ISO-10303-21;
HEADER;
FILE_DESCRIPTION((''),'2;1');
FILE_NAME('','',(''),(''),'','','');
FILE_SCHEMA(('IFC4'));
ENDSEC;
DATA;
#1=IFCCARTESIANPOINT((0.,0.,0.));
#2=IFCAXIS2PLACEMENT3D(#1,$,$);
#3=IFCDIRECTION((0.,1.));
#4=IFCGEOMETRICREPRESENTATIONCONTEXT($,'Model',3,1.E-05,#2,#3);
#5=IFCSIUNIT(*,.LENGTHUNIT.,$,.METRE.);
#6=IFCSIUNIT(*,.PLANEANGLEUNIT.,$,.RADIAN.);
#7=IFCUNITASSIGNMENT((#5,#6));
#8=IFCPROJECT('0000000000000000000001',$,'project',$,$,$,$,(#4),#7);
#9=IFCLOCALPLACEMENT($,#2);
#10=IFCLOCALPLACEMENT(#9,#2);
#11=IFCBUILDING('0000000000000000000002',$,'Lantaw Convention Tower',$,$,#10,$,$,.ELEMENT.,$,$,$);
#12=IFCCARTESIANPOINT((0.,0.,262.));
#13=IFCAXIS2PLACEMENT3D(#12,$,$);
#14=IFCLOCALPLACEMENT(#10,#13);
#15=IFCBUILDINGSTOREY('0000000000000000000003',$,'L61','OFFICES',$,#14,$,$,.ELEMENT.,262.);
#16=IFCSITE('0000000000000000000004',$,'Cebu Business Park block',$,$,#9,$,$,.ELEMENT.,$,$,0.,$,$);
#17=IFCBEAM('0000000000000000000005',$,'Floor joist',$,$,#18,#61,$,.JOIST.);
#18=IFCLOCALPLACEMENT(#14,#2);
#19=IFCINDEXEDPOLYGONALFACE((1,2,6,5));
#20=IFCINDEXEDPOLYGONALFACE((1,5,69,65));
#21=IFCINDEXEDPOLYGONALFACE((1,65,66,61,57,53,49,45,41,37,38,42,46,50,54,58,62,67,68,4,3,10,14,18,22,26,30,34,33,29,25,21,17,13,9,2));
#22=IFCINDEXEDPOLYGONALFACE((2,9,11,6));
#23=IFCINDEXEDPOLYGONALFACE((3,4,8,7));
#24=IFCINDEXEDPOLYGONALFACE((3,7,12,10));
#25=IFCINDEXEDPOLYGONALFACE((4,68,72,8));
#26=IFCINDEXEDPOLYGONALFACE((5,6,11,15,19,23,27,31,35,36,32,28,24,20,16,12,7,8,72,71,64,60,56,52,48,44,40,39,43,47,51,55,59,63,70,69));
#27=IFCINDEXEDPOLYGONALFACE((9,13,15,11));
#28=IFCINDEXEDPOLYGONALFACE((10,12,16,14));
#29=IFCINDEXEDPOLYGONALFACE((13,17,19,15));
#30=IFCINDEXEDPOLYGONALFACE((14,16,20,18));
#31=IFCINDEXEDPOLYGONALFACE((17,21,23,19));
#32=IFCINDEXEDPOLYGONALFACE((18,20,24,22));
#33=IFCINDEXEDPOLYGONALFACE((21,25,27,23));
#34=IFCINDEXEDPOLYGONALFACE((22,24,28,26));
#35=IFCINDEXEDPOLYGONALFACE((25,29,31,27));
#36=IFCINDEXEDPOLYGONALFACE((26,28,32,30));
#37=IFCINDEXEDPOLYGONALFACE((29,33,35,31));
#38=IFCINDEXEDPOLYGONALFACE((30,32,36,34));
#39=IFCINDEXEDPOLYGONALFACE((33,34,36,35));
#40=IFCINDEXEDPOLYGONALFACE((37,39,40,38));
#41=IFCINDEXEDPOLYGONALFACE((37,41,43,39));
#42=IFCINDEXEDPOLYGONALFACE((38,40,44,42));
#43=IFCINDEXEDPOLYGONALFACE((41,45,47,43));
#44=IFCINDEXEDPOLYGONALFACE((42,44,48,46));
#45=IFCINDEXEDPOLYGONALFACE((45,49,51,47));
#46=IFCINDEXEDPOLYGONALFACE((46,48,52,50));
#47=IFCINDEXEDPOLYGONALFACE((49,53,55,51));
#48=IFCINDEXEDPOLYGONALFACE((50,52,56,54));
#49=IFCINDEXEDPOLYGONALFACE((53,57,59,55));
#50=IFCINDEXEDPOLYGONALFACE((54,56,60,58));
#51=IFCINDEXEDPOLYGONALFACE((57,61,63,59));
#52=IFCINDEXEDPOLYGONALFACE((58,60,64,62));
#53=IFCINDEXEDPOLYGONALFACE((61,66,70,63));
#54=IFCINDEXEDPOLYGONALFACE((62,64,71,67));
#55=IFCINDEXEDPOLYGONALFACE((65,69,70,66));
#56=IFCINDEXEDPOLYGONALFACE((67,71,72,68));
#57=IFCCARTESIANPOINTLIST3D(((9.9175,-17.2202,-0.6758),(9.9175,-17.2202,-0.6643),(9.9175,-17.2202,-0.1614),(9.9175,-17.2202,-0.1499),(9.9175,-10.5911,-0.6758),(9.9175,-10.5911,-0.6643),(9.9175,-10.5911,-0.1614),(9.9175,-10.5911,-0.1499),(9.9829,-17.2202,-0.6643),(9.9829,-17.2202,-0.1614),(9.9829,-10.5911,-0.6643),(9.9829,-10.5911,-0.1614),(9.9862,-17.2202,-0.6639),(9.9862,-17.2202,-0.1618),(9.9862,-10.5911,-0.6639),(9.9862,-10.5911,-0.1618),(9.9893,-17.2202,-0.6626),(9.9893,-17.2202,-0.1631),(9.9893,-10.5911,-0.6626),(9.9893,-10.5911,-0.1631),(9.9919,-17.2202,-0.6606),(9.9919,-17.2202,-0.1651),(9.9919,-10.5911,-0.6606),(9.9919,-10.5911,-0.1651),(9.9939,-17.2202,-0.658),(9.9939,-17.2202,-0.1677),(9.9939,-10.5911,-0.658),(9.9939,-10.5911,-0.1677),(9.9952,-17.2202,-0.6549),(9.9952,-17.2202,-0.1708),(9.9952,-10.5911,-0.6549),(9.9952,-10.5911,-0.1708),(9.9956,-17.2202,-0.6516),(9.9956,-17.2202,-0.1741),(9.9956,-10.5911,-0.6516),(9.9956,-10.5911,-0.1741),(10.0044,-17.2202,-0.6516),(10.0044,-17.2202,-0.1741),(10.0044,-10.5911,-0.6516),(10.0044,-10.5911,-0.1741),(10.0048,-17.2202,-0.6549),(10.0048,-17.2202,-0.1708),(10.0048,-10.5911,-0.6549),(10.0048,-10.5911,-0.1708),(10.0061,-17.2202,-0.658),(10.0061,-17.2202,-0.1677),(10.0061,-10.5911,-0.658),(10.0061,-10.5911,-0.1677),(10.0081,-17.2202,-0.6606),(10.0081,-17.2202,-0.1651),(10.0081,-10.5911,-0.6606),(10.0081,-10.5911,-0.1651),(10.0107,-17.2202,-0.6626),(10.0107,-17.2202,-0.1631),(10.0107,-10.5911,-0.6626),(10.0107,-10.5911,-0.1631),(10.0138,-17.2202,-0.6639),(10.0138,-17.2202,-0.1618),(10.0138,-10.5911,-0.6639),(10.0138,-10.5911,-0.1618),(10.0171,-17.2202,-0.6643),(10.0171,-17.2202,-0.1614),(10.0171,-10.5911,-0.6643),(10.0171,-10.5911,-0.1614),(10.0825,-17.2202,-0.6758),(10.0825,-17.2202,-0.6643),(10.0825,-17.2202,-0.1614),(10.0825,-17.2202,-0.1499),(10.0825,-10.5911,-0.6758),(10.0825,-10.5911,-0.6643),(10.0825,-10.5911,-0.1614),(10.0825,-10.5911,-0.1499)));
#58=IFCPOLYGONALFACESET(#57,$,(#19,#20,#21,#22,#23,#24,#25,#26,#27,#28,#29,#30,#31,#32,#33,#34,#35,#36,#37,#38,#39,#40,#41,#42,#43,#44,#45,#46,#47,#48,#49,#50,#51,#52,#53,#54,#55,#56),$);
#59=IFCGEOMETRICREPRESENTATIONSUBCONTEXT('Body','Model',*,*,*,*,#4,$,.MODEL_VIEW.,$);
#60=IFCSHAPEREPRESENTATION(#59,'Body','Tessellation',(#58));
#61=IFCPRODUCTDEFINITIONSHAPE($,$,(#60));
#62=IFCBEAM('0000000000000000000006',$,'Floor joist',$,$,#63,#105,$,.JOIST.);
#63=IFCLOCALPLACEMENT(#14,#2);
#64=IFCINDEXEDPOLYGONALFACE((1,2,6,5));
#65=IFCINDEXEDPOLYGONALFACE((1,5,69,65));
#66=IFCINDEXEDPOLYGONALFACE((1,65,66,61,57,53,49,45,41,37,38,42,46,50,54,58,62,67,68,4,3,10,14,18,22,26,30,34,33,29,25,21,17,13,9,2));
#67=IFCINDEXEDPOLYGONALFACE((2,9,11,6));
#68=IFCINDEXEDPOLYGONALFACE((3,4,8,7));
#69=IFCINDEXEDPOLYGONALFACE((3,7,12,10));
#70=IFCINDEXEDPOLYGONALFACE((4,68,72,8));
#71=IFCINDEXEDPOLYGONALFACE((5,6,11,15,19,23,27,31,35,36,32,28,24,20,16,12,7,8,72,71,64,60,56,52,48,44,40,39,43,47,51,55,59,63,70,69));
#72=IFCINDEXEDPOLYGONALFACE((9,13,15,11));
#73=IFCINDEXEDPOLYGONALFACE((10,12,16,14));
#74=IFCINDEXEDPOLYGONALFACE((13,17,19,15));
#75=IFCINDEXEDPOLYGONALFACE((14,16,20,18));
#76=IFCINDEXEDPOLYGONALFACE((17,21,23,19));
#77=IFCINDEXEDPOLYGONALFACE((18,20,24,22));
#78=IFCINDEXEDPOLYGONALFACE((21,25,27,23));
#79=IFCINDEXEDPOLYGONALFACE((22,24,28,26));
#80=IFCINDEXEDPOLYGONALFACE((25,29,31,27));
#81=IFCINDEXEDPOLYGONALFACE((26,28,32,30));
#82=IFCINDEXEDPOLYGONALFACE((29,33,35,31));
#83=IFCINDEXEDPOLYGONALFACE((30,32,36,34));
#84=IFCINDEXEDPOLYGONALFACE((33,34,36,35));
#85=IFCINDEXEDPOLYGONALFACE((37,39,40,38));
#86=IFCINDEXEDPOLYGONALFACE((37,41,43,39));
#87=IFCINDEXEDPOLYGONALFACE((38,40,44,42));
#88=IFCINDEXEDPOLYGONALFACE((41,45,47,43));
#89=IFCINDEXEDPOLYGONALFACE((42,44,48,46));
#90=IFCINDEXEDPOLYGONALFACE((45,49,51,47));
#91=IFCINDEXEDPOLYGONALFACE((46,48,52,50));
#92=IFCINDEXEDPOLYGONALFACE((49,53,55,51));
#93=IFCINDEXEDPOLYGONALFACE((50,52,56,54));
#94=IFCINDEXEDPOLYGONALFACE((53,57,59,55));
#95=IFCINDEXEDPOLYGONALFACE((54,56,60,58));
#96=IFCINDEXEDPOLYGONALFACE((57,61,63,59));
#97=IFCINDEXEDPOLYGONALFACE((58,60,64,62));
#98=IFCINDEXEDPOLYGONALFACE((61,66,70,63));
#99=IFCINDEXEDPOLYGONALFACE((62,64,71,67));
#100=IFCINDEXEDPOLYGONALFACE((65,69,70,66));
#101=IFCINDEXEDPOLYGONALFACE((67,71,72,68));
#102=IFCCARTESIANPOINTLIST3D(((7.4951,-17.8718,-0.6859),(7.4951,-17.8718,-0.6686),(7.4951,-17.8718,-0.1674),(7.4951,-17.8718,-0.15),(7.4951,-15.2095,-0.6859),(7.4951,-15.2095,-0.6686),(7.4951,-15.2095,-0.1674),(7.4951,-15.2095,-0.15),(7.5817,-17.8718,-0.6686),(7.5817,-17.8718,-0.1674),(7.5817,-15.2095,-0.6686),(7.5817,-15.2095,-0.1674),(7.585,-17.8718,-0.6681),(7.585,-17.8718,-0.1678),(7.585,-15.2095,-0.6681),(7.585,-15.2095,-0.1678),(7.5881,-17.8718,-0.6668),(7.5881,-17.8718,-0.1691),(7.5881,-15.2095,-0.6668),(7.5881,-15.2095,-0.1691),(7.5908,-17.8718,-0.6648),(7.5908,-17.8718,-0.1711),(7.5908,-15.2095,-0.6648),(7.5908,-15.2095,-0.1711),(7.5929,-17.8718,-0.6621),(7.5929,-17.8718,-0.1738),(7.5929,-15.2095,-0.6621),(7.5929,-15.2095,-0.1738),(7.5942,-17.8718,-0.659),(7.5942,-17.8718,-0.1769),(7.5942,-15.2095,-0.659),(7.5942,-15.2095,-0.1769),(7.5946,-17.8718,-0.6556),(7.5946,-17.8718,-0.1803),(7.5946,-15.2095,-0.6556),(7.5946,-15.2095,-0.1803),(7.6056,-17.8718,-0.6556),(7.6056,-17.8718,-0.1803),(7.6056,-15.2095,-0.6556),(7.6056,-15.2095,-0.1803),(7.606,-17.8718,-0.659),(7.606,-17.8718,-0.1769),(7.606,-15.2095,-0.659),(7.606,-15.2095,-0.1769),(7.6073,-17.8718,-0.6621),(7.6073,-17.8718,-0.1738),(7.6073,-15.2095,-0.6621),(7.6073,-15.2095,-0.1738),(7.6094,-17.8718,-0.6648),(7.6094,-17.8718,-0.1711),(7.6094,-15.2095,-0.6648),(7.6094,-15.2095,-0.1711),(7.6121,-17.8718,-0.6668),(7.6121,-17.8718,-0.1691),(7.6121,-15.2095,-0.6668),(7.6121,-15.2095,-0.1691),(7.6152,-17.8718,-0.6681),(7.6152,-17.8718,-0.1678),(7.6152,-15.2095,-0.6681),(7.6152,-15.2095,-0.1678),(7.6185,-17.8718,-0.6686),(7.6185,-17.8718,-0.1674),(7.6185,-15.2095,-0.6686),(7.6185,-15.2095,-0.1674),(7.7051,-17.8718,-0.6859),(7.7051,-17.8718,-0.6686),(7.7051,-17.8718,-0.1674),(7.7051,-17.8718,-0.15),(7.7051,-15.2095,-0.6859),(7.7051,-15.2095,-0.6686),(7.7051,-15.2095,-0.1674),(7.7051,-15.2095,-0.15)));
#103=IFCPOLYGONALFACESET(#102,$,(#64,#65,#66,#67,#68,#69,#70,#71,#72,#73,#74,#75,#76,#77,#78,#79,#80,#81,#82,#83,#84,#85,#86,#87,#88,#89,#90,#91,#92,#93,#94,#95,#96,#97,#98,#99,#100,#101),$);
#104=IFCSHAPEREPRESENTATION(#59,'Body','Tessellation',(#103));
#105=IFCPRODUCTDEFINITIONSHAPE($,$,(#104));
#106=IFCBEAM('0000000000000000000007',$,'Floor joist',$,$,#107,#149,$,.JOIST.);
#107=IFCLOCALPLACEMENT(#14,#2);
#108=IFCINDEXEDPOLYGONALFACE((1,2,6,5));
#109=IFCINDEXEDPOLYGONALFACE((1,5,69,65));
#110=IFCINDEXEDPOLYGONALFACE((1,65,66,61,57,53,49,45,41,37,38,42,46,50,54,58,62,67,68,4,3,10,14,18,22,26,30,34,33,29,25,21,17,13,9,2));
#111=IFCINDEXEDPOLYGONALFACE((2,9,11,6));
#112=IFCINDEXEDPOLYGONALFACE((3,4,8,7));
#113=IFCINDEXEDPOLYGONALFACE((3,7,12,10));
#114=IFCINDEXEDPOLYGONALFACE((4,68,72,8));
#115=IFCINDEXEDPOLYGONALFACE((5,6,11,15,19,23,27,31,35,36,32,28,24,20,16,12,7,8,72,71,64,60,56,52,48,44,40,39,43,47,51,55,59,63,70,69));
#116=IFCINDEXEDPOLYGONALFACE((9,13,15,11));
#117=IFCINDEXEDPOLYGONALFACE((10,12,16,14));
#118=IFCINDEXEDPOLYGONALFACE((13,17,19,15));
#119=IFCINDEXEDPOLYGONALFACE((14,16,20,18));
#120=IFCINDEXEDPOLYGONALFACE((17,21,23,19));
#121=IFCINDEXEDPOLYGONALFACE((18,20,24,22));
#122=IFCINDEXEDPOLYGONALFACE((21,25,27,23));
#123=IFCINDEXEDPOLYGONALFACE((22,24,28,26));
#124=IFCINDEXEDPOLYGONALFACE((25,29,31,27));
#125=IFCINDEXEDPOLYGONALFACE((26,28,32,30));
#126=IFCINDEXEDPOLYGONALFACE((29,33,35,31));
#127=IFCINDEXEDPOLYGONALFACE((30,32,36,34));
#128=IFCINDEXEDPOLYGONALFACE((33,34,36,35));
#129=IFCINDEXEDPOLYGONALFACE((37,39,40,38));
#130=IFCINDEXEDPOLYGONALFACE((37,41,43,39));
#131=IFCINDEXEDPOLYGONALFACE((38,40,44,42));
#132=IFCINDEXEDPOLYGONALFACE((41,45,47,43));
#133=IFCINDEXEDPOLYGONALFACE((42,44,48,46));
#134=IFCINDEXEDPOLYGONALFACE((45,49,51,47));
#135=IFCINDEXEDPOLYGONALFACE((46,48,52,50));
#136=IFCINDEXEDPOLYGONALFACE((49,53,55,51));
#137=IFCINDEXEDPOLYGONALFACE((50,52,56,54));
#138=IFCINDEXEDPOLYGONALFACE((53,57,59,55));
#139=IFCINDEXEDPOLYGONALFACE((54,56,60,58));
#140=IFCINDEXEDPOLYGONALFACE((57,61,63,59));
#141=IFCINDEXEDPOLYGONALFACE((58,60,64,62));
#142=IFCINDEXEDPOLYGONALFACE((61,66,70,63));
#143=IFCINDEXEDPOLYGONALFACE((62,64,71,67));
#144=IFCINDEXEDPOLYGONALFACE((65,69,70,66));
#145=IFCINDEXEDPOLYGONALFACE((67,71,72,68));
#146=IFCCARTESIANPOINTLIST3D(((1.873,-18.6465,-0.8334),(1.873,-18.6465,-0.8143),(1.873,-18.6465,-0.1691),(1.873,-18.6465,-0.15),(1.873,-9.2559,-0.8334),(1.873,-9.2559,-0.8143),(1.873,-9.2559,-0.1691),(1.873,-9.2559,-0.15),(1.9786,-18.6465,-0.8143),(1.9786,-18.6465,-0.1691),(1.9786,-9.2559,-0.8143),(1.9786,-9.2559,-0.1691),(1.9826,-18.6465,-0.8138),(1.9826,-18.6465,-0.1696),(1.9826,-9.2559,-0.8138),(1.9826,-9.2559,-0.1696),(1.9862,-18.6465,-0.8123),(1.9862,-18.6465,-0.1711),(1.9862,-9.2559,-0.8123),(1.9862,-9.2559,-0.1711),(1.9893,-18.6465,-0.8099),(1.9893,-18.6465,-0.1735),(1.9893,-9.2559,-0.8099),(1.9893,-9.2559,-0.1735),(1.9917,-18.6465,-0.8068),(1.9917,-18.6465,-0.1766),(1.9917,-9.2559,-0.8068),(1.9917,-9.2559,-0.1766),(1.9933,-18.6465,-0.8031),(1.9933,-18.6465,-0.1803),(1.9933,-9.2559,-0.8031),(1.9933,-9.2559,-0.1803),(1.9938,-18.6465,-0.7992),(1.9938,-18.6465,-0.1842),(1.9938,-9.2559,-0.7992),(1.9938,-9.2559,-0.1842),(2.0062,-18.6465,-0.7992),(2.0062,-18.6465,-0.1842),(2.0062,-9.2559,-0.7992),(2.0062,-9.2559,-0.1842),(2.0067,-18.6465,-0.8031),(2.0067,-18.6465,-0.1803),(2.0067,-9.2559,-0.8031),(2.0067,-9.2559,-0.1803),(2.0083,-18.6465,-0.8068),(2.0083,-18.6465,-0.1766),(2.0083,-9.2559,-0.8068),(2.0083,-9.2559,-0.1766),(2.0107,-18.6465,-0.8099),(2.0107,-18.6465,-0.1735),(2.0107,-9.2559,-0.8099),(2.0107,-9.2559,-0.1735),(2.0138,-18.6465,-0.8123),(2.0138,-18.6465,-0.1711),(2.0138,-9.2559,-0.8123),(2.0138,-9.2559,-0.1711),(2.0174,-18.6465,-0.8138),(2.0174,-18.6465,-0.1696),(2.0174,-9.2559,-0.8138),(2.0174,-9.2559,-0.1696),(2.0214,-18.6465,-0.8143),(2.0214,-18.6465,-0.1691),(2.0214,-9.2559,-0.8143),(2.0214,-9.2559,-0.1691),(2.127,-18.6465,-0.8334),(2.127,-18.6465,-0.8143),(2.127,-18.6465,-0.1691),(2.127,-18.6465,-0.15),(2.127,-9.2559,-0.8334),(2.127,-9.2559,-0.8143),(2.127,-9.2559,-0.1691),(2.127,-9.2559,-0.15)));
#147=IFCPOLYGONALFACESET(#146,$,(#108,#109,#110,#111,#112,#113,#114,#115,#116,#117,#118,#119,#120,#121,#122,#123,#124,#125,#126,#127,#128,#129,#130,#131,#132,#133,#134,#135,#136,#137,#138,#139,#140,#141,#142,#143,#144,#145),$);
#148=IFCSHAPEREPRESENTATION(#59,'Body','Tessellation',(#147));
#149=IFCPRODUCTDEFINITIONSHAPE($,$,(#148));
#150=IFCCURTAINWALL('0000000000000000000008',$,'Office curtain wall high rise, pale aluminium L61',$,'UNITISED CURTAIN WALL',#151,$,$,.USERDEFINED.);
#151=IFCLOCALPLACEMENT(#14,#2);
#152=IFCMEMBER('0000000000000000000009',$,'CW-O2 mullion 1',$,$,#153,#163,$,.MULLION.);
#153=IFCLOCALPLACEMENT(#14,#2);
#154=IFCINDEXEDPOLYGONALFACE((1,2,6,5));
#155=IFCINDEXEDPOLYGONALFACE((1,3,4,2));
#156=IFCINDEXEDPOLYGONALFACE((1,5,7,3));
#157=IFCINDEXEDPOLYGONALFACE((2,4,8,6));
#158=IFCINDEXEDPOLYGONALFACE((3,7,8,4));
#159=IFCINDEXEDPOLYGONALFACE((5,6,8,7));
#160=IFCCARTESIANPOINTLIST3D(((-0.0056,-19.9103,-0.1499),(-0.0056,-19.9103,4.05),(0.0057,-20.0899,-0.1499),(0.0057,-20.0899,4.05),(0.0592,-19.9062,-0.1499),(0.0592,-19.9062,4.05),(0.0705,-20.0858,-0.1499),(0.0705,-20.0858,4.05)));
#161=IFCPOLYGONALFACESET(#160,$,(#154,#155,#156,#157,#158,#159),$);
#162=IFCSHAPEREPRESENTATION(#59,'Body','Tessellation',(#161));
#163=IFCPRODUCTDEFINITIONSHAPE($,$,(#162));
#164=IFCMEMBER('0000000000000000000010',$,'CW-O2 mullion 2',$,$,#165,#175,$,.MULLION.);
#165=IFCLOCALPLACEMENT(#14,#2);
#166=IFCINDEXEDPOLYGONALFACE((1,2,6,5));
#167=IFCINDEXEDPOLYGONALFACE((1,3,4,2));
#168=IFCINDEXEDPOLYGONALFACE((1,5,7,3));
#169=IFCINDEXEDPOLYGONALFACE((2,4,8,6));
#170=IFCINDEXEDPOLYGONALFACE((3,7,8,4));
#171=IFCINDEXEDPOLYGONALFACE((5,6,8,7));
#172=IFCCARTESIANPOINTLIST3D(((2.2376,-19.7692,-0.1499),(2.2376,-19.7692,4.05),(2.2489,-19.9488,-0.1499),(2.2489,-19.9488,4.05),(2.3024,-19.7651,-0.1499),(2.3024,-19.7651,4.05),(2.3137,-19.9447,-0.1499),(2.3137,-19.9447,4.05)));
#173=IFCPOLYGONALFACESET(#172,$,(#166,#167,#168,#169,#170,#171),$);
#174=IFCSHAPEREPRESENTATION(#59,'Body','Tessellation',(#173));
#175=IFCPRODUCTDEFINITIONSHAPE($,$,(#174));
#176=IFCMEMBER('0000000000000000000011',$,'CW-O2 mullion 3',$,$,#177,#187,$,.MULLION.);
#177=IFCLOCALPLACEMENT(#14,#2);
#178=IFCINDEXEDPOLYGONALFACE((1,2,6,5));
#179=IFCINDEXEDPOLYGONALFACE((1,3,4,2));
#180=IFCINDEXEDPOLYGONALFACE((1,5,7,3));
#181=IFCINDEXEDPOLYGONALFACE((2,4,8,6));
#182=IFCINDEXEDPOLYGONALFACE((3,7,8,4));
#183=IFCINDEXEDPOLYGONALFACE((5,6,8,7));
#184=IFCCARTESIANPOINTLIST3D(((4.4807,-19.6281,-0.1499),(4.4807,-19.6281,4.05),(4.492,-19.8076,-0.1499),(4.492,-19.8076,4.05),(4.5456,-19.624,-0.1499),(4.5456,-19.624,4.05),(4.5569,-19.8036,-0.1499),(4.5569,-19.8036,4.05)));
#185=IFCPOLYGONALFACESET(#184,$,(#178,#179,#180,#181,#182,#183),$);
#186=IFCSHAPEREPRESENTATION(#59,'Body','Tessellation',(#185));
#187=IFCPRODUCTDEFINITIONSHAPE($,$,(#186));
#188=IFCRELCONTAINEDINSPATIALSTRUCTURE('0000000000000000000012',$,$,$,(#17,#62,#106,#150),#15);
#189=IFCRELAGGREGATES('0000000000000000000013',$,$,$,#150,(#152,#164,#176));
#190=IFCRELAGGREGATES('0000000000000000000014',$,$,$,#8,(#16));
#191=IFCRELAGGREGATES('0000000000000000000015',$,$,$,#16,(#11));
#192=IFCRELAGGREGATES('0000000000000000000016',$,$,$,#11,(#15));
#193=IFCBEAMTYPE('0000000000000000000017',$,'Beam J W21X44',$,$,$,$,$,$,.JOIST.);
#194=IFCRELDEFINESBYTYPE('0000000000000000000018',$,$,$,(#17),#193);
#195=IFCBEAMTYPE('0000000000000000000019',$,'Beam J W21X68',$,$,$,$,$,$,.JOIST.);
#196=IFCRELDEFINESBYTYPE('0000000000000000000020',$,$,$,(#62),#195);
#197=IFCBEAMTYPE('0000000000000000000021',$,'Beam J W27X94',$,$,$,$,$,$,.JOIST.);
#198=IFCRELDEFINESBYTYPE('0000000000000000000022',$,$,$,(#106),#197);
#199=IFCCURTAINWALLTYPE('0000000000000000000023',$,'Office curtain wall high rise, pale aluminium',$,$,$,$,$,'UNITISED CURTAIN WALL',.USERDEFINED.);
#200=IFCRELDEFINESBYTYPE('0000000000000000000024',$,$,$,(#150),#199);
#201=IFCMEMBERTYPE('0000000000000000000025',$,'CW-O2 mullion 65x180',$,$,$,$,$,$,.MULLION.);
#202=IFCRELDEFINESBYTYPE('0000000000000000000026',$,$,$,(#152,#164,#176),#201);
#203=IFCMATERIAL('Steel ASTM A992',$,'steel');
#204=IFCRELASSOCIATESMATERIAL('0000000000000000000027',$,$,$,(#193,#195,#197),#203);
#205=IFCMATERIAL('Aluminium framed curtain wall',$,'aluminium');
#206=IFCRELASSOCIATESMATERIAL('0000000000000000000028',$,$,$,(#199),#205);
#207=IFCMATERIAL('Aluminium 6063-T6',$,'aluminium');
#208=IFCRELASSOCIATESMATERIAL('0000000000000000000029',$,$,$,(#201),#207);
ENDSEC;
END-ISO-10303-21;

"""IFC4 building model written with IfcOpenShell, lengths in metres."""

from ifc_helpers import new_model, si_unit, direction, frame, origin, origin_2d, place, context, subcontext, project, spatial, rectangle, i_section, extrude, material, material_profile, profile_set, type_object, element, aggregate, save


model = new_model("IFC4")

# Units and contexts
model_context = context("Model", 3, precision=1e-05, world=origin(), true_north=direction((0.0, 1.0)))
body_context = subcontext(model_context, "Body", "Model", "MODEL_VIEW")
ifc_project = project(units=[si_unit("LENGTHUNIT", "METRE"), si_unit("PLANEANGLEUNIT", "RADIAN")], contexts=[model_context])

# Site, building, storey
site_placement = place(None, origin())
site = spatial("IfcSite", under=ifc_project, at=site_placement, Name="Cebu Business Park block", CompositionType="ELEMENT", RefElevation=0.0)
building_placement = place(site_placement, origin())
building = spatial("IfcBuilding", under=site, at=building_placement, Name="Lantaw Convention Tower", CompositionType="ELEMENT")
storey_placement = place(building_placement, frame((0.0, 0.0, 262.0)))
storey = spatial("IfcBuildingStorey", under=building, at=storey_placement, Name="L61", Description="OFFICES", CompositionType="ELEMENT", Elevation=262.0)

# Beams
ifc_material_1 = material(Name="Steel ASTM A992", Category="steel")
ifc_material_profile_1 = material_profile(ifc_material_1, i_section(OverallWidth=0.165, OverallDepth=0.5259, WebThickness=0.0088, FlangeThickness=0.0115, FilletRadius=0.0127, at=origin_2d()), Name="W21X44")
ifc_profile_set_1 = profile_set([ifc_material_profile_1], Name="Steel ASTM A992")
beam_type_1 = type_object("IfcBeamType", Name="Beam J W21X44", PredefinedType="JOIST", material=ifc_profile_set_1)
beam_1_placement = place(storey_placement, frame((10.0, -17.2202, -0.4128), z_axis=(0.0, 1.0, 0.0), x_axis=(-1.0, 0.0, 0.0)))
element("IfcBeam", 1, at=beam_1_placement, inside=storey, type_object=beam_type_1, Name="Floor joist", PredefinedType="JOIST", context=body_context, shape_type="SweptSolid", body=[
    extrude(i_section(OverallWidth=0.165, OverallDepth=0.5259, WebThickness=0.0088, FlangeThickness=0.0115, FilletRadius=0.0127, at=origin_2d()), origin(), (0.0, 0.0, 1.0), 6.6292),
])
ifc_material_profile_2 = material_profile(ifc_material_1, i_section(OverallWidth=0.21, OverallDepth=0.5359, WebThickness=0.011, FlangeThickness=0.0173, FilletRadius=0.0129, at=origin_2d()), Name="W21X68")
ifc_profile_set_2 = profile_set([ifc_material_profile_2], Name="Steel ASTM A992")
beam_type_2 = type_object("IfcBeamType", Name="Beam J W21X68", PredefinedType="JOIST", material=ifc_profile_set_2)
beam_2_placement = place(storey_placement, frame((7.6001, -17.8718, -0.418), z_axis=(0.0, 1.0, 0.0), x_axis=(-1.0, 0.0, 0.0)))
element("IfcBeam", 2, at=beam_2_placement, inside=storey, type_object=beam_type_2, Name="Floor joist", PredefinedType="JOIST", context=body_context, shape_type="SweptSolid", body=[
    extrude(i_section(OverallWidth=0.21, OverallDepth=0.5359, WebThickness=0.011, FlangeThickness=0.0173, FilletRadius=0.0129, at=origin_2d()), origin(), (0.0, 0.0, 1.0), 2.6624),
])
ifc_material_profile_3 = material_profile(ifc_material_1, i_section(OverallWidth=0.2539, OverallDepth=0.6833, WebThickness=0.0125, FlangeThickness=0.019, FilletRadius=0.0151, at=origin_2d()), Name="W27X94")
ifc_profile_set_3 = profile_set([ifc_material_profile_3], Name="Steel ASTM A992")
beam_type_3 = type_object("IfcBeamType", Name="Beam J W27X94", PredefinedType="JOIST", material=ifc_profile_set_3)
beam_3_placement = place(storey_placement, frame((2.0, -18.6465, -0.4917), z_axis=(0.0, 1.0, 0.0), x_axis=(-1.0, 0.0, 0.0)))
element("IfcBeam", 3, at=beam_3_placement, inside=storey, type_object=beam_type_3, Name="Floor joist", PredefinedType="JOIST", context=body_context, shape_type="SweptSolid", body=[
    extrude(i_section(OverallWidth=0.2539, OverallDepth=0.6833, WebThickness=0.0125, FlangeThickness=0.019, FilletRadius=0.0151, at=origin_2d()), origin(), (0.0, 0.0, 1.0), 9.3906),
])

# Curtain wall, members
ifc_material_2 = material(Name="Aluminium framed curtain wall", Category="aluminium")
curtain_wall_type = type_object("IfcCurtainWallType", Name="Office curtain wall high rise, pale aluminium", ElementType="UNITISED CURTAIN WALL", PredefinedType="USERDEFINED", material=ifc_material_2)
curtain_wall_1_placement = place(storey_placement, origin())
curtain_wall_1 = element("IfcCurtainWall", 4, at=curtain_wall_1_placement, inside=storey, type_object=curtain_wall_type, Name="Office curtain wall high rise, pale aluminium L61", ObjectType="UNITISED CURTAIN WALL", PredefinedType="USERDEFINED")
ifc_material_3 = material(Name="Aluminium 6063-T6", Category="aluminium")
ifc_material_profile_4 = material_profile(ifc_material_3, rectangle(XDim=0.1799, YDim=0.0649, at=origin_2d()), Name="CW-O2 mullion 65x180")
ifc_profile_set_4 = profile_set([ifc_material_profile_4], Name="Aluminium 6063-T6")
member_type_1 = type_object("IfcMemberType", Name="CW-O2 mullion 65x180", PredefinedType="MULLION", material=ifc_profile_set_4)
member_1_placement = place(storey_placement, frame((0.0325, -19.998, -0.1499), z_axis=(0.0, 0.0, 1.0), x_axis=(-0.062758, 0.998029, 0.0)))
member_1 = element("IfcMember", 5, at=member_1_placement, type_object=member_type_1, Name="CW-O2 mullion 1", PredefinedType="MULLION", context=body_context, shape_type="SweptSolid", body=[
    extrude(rectangle(XDim=0.1799, YDim=0.0649, at=origin_2d()), origin(), (0.0, 0.0, 1.0), 4.2),
])
member_2_placement = place(storey_placement, frame((2.2756, -19.8569, -0.1499), z_axis=(0.0, 0.0, 1.0), x_axis=(-0.062758, 0.998029, 0.0)))
member_2 = element("IfcMember", 6, at=member_2_placement, type_object=member_type_1, Name="CW-O2 mullion 2", PredefinedType="MULLION", context=body_context, shape_type="SweptSolid", body=[
    extrude(rectangle(XDim=0.1799, YDim=0.0649, at=origin_2d()), origin(), (0.0, 0.0, 1.0), 4.2),
])
member_3_placement = place(storey_placement, frame((4.5188, -19.7158, -0.1499), z_axis=(0.0, 0.0, 1.0), x_axis=(-0.062758, 0.998029, 0.0)))
member_3 = element("IfcMember", 7, at=member_3_placement, type_object=member_type_1, Name="CW-O2 mullion 3", PredefinedType="MULLION", context=body_context, shape_type="SweptSolid", body=[
    extrude(rectangle(XDim=0.1799, YDim=0.0649, at=origin_2d()), origin(), (0.0, 0.0, 1.0), 4.2),
])

aggregate(curtain_wall_1, [member_1, member_2, member_3])

save(model, "model.ifc")
